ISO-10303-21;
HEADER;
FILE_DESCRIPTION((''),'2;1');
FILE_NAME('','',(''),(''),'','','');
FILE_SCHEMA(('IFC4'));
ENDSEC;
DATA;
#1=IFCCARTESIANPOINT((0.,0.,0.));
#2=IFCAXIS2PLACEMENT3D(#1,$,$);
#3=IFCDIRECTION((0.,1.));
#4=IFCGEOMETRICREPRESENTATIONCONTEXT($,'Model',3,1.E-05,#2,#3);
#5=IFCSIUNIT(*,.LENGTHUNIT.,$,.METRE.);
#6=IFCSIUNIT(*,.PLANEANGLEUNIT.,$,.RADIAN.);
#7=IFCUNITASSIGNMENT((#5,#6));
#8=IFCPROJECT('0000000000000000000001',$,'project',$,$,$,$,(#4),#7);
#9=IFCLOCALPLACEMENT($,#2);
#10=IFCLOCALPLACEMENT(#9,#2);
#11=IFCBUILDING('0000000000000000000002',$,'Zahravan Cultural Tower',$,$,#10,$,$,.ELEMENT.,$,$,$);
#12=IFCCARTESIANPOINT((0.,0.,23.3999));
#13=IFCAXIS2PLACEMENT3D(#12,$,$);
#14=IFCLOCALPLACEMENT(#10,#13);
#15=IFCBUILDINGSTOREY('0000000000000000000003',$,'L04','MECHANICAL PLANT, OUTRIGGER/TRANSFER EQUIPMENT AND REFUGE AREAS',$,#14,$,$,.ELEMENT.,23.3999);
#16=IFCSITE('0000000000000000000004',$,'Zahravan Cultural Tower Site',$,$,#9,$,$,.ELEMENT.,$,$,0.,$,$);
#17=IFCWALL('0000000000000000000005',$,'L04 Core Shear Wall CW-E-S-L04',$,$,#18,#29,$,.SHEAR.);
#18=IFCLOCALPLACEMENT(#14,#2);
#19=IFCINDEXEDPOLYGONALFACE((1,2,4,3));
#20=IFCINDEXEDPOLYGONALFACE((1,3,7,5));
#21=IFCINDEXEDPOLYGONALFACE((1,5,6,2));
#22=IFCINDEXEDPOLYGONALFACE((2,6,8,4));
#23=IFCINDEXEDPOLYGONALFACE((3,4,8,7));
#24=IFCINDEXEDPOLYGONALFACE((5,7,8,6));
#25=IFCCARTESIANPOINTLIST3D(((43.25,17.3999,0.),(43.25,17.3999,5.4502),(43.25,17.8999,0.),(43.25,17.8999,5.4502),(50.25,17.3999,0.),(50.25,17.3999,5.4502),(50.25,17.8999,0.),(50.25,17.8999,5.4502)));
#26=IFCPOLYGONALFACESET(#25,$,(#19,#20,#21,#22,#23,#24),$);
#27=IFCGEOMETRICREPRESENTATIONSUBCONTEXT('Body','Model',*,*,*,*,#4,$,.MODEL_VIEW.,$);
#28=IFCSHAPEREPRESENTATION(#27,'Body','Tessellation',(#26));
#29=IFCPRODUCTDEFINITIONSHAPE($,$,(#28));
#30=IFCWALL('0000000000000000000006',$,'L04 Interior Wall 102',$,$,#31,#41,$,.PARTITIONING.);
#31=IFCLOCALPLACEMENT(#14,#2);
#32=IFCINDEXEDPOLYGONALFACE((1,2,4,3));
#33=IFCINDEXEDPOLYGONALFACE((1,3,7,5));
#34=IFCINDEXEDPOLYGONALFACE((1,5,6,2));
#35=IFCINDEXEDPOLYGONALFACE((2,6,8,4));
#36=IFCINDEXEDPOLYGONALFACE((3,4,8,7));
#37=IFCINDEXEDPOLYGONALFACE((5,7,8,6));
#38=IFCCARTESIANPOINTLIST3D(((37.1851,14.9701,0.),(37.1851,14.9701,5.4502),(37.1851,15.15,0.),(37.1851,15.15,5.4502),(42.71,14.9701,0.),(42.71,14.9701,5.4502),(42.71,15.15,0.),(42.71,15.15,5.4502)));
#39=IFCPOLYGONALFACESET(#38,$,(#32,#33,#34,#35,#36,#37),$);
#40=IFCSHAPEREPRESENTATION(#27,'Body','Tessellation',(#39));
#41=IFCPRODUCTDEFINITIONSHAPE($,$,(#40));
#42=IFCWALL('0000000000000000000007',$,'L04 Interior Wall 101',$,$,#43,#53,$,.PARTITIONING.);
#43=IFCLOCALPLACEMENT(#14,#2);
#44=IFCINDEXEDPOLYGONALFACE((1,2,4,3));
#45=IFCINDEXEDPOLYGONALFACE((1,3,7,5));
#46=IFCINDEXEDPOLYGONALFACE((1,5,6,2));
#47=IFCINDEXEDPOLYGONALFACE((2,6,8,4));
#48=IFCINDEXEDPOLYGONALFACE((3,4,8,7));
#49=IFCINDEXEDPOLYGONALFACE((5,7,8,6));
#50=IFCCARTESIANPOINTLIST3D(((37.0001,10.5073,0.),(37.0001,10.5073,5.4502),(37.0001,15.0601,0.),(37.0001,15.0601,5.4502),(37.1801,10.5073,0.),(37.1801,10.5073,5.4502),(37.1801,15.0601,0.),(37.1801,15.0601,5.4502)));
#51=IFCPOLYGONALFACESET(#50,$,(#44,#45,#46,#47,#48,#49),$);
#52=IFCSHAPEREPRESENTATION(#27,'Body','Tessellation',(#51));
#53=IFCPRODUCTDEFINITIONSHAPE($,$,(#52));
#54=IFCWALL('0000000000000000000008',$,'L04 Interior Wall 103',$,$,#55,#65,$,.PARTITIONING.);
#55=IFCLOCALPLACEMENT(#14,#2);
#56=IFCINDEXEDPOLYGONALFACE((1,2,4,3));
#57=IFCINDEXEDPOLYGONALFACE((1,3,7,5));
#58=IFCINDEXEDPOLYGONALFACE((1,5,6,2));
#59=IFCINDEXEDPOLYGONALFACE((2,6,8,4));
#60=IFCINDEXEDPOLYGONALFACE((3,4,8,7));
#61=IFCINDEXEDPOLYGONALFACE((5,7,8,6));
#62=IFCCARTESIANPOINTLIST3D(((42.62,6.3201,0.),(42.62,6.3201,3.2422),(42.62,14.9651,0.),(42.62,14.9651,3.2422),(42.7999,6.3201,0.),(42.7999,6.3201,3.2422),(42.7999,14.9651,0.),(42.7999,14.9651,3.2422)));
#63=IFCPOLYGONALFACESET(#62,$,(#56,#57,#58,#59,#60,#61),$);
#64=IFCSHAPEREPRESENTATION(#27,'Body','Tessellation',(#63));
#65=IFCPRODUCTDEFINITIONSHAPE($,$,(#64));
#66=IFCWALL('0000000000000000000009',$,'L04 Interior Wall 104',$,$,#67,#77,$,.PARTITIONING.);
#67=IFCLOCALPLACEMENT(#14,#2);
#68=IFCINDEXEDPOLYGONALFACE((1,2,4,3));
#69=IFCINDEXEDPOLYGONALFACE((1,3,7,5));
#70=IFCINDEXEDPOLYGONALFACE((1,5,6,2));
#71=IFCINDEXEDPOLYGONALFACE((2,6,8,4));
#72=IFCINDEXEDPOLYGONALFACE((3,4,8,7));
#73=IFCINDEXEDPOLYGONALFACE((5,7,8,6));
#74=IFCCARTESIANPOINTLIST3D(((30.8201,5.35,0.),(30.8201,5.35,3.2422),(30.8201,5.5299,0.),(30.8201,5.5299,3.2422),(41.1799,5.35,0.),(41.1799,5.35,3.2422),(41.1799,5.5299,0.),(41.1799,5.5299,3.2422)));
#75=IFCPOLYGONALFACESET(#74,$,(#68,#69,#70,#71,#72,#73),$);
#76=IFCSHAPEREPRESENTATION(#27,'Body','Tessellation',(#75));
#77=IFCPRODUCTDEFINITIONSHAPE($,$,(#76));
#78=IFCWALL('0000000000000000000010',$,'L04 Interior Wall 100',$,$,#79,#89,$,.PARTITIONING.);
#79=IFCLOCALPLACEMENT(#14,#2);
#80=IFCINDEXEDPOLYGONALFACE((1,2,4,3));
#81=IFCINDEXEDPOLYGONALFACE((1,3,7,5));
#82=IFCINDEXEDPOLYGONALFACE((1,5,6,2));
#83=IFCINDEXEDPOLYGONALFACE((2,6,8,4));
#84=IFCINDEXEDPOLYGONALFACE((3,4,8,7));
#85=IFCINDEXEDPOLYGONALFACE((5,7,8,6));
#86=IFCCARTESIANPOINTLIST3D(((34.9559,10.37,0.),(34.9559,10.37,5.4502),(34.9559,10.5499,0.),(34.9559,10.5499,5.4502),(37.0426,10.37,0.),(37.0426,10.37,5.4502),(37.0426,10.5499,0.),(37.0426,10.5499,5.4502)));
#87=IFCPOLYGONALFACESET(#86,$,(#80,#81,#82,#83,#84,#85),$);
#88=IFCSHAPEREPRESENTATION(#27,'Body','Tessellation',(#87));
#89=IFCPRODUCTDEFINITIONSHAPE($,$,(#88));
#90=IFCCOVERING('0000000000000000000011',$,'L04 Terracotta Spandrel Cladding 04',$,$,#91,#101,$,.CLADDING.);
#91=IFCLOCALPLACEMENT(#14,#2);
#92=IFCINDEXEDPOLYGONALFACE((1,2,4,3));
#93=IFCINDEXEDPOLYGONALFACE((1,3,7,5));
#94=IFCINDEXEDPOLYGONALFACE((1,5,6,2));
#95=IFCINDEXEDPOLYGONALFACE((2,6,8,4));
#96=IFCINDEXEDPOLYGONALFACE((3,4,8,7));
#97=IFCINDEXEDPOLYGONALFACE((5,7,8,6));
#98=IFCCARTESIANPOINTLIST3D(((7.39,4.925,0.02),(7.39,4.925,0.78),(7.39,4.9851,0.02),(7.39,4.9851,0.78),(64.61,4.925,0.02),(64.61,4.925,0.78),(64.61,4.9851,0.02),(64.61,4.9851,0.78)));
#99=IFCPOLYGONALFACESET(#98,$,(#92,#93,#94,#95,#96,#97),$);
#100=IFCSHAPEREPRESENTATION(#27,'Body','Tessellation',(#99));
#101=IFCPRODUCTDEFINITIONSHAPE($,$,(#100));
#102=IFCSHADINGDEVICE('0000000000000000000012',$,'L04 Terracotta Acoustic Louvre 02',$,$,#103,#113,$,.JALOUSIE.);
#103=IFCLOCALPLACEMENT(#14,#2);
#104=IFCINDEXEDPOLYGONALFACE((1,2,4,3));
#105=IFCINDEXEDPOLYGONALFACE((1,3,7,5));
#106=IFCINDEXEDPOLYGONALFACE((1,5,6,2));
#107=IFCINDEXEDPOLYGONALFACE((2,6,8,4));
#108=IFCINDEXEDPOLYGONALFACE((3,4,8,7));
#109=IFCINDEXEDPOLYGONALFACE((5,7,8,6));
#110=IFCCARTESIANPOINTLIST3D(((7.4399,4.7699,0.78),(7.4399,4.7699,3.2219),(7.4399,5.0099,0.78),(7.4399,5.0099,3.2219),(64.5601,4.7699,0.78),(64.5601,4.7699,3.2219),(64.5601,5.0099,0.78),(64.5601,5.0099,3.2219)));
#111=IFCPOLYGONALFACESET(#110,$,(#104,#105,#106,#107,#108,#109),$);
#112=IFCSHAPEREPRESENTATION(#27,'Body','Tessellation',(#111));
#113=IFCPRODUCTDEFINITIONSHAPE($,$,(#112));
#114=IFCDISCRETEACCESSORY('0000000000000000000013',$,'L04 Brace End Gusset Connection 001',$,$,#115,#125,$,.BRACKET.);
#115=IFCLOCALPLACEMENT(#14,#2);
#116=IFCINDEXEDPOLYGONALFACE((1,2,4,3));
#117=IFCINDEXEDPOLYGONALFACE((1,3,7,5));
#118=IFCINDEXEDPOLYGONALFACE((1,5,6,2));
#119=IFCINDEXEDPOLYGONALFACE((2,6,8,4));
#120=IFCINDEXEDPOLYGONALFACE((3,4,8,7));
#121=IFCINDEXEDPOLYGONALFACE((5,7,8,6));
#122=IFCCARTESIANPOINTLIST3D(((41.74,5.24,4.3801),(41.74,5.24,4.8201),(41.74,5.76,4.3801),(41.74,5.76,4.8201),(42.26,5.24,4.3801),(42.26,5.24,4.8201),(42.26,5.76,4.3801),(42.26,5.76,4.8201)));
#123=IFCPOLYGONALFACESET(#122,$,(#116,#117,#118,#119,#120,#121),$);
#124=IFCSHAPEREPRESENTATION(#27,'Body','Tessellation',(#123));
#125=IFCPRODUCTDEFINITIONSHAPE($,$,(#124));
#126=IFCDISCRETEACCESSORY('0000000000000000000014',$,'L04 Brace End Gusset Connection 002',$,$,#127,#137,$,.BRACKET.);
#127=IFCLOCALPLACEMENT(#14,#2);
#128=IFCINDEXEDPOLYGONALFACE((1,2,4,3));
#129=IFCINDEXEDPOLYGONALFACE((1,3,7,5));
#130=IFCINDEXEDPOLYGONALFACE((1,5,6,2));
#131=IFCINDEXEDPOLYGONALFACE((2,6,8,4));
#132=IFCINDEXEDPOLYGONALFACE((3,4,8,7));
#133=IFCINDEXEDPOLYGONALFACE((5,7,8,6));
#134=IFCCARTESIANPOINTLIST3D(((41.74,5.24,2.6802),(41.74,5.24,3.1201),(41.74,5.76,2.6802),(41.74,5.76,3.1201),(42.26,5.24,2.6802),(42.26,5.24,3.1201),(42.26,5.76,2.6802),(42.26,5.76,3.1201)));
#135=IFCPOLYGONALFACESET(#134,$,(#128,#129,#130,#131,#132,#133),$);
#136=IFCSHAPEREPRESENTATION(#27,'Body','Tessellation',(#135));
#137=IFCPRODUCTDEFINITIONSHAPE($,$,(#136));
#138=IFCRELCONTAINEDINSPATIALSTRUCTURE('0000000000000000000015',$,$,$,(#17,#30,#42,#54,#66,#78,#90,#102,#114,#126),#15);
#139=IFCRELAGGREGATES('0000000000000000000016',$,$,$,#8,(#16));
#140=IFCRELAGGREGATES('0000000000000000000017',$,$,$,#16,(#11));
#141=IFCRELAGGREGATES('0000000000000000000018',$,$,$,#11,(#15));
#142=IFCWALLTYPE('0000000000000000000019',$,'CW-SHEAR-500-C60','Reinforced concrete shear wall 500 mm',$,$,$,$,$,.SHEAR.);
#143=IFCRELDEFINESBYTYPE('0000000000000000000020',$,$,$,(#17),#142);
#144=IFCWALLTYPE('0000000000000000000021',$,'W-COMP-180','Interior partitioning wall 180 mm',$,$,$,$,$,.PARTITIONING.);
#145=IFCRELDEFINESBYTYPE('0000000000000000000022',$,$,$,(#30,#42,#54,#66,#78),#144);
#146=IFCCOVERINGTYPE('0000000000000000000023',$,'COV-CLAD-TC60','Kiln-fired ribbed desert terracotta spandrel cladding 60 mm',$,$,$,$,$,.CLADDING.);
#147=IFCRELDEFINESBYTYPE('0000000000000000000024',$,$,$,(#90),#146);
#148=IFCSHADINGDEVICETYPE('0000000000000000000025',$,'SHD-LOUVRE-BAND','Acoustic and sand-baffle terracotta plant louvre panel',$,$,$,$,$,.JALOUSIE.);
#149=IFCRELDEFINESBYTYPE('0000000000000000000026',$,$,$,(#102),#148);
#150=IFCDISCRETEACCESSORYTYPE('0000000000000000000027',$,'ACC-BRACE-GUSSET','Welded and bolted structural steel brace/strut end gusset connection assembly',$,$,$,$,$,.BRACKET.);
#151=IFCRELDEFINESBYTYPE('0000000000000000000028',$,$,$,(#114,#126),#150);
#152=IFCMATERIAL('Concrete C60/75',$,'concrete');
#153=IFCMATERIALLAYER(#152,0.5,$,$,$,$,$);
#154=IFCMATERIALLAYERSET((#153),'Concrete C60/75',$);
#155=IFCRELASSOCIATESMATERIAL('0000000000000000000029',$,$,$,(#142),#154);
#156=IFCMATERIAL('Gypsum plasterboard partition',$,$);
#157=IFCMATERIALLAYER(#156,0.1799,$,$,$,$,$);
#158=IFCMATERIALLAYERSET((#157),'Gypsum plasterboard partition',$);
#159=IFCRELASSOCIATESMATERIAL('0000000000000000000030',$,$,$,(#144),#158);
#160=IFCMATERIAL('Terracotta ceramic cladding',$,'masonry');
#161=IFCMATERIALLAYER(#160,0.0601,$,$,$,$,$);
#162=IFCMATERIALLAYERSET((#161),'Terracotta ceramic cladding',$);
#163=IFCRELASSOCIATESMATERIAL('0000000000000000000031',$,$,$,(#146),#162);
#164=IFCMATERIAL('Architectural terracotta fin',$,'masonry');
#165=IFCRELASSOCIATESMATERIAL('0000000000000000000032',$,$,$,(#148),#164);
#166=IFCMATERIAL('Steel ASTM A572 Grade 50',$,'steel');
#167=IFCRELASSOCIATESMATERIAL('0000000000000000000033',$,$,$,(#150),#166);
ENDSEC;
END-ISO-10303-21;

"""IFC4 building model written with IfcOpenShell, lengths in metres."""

from ifc_helpers import new_model, si_unit, direction, frame, frame_2d, origin, origin_2d, place, context, subcontext, project, spatial, rectangle, extrude, source, transform, mapped, material, layer, layer_set, type_object, element, save


model = new_model("IFC4")

# Units and contexts
model_context = context("Model", 3, precision=1e-05, world=origin(), true_north=direction((0.0, 1.0)))
body_context = subcontext(model_context, "Body", "Model", "MODEL_VIEW")
ifc_project = project(units=[si_unit("LENGTHUNIT", "METRE"), si_unit("PLANEANGLEUNIT", "RADIAN")], contexts=[model_context])

# Site, building, storey
site_placement = place(None, origin())
site = spatial("IfcSite", under=ifc_project, at=site_placement, Name="Zahravan Cultural Tower Site", CompositionType="ELEMENT", RefElevation=0.0)
building_placement = place(site_placement, origin())
building = spatial("IfcBuilding", under=site, at=building_placement, Name="Zahravan Cultural Tower", CompositionType="ELEMENT")
storey_placement = place(building_placement, frame((0.0, 0.0, 23.3999)))
storey = spatial("IfcBuildingStorey", under=building, at=storey_placement, Name="L04", Description="MECHANICAL PLANT, OUTRIGGER/TRANSFER EQUIPMENT AND REFUGE AREAS", CompositionType="ELEMENT", Elevation=23.3999)

# Shared definitions
ifc_material_1 = material(Name="Concrete C60/75", Category="concrete")
ifc_material_2 = material(Name="Steel ASTM A572 Grade 50", Category="steel")

# Shared definitions
ifc_layer_1 = layer(ifc_material_1, 0.5)
ifc_layer_set_1 = layer_set([ifc_layer_1], Name="Concrete C60/75")
wall_type_1 = type_object("IfcWallType", Name="CW-SHEAR-500-C60", Description="Reinforced concrete shear wall 500 mm", PredefinedType="SHEAR", material=ifc_layer_set_1)

# Shared definitions
ifc_material_3 = material(Name="Gypsum plasterboard partition")
ifc_layer_2 = layer(ifc_material_3, 0.1799)
ifc_layer_set_2 = layer_set([ifc_layer_2], Name="Gypsum plasterboard partition")
wall_type_2 = type_object("IfcWallType", Name="W-COMP-180", Description="Interior partitioning wall 180 mm", PredefinedType="PARTITIONING", material=ifc_layer_set_2)

# Walls
shared_shape_1 = source(origin(), body_context, "Body", "SweptSolid", [
    extrude(rectangle(XDim=7.0, YDim=0.5, at=frame_2d((3.5, 0.0))), origin(), (0.0, 0.0, 1.0), 5.4502),
])
wall_1_placement = place(storey_placement, frame((43.25, 17.6499, 0.0), z_axis=(0.0, 0.0, 1.0), x_axis=(1.0, 0.0, 0.0)))
element("IfcWall", 1, at=wall_1_placement, inside=storey, type_object=wall_type_1, Name="L04 Core Shear Wall CW-E-S-L04", PredefinedType="SHEAR", context=body_context, shape_type="MappedRepresentation", body=[
    mapped(shared_shape_1, transform((0.0, 0.0, 0.0), x_axis=(1.0, 0.0, 0.0), y_axis=(0.0, 1.0, 0.0), z_axis=(0.0, 0.0, 1.0), scale=1.0)),
])
shared_shape_2 = source(origin(), body_context, "Body", "SweptSolid", [
    extrude(rectangle(XDim=5.5249, YDim=0.1799, at=frame_2d((2.7625, 0.0))), origin(), (0.0, 0.0, 1.0), 5.4502),
])
wall_2_placement = place(storey_placement, frame((37.1851, 15.0601, 0.0), z_axis=(0.0, 0.0, 1.0), x_axis=(1.0, 0.0, 0.0)))
element("IfcWall", 2, at=wall_2_placement, inside=storey, type_object=wall_type_2, Name="L04 Interior Wall 102", PredefinedType="PARTITIONING", context=body_context, shape_type="MappedRepresentation", body=[
    mapped(shared_shape_2, transform((0.0, 0.0, 0.0), x_axis=(1.0, 0.0, 0.0), y_axis=(0.0, 1.0, 0.0), z_axis=(0.0, 0.0, 1.0), scale=1.0)),
])
shared_shape_3 = source(origin(), body_context, "Body", "SweptSolid", [
    extrude(rectangle(XDim=4.5527, YDim=0.1799, at=frame_2d((2.2764, 0.0))), origin(), (0.0, 0.0, 1.0), 5.4502),
])
wall_3_placement = place(storey_placement, frame((37.0901, 10.5073, 0.0), z_axis=(0.0, 0.0, 1.0), x_axis=(0.0, 1.0, 0.0)))
element("IfcWall", 3, at=wall_3_placement, inside=storey, type_object=wall_type_2, Name="L04 Interior Wall 101", PredefinedType="PARTITIONING", context=body_context, shape_type="MappedRepresentation", body=[
    mapped(shared_shape_3, transform((0.0, 0.0, 0.0), x_axis=(1.0, 0.0, 0.0), y_axis=(0.0, 1.0, 0.0), z_axis=(0.0, 0.0, 1.0), scale=1.0)),
])
shared_shape_4 = source(origin(), body_context, "Body", "SweptSolid", [
    extrude(rectangle(XDim=8.645, YDim=0.1799, at=frame_2d((4.3225, 0.0))), origin(), (0.0, 0.0, 1.0), 3.2422),
])
wall_4_placement = place(storey_placement, frame((42.71, 14.9651, 0.0), z_axis=(0.0, 0.0, 1.0), x_axis=(0.0, -1.0, 0.0)))
element("IfcWall", 4, at=wall_4_placement, inside=storey, type_object=wall_type_2, Name="L04 Interior Wall 103", PredefinedType="PARTITIONING", context=body_context, shape_type="MappedRepresentation", body=[
    mapped(shared_shape_4, transform((0.0, 0.0, 0.0), x_axis=(1.0, 0.0, 0.0), y_axis=(0.0, 1.0, 0.0), z_axis=(0.0, 0.0, 1.0), scale=1.0)),
])
shared_shape_5 = source(origin(), body_context, "Body", "SweptSolid", [
    extrude(rectangle(XDim=10.3599, YDim=0.1799, at=frame_2d((5.1799, 0.0))), origin(), (0.0, 0.0, 1.0), 3.2422),
])
wall_5_placement = place(storey_placement, frame((41.1799, 5.4399, 0.0), z_axis=(0.0, 0.0, 1.0), x_axis=(-1.0, 0.0, 0.0)))
element("IfcWall", 5, at=wall_5_placement, inside=storey, type_object=wall_type_2, Name="L04 Interior Wall 104", PredefinedType="PARTITIONING", context=body_context, shape_type="MappedRepresentation", body=[
    mapped(shared_shape_5, transform((0.0, 0.0, 0.0), x_axis=(1.0, 0.0, 0.0), y_axis=(0.0, 1.0, 0.0), z_axis=(0.0, 0.0, 1.0), scale=1.0)),
])
shared_shape_6 = source(origin(), body_context, "Body", "SweptSolid", [
    extrude(rectangle(XDim=2.0867, YDim=0.1799, at=frame_2d((1.0435, 0.0))), origin(), (0.0, 0.0, 1.0), 5.4502),
])
wall_6_placement = place(storey_placement, frame((34.9558, 10.46, 0.0), z_axis=(0.0, 0.0, 1.0), x_axis=(1.0, 0.0, 0.0)))
element("IfcWall", 6, at=wall_6_placement, inside=storey, type_object=wall_type_2, Name="L04 Interior Wall 100", PredefinedType="PARTITIONING", context=body_context, shape_type="MappedRepresentation", body=[
    mapped(shared_shape_6, transform((0.0, 0.0, 0.0), x_axis=(1.0, 0.0, 0.0), y_axis=(0.0, 1.0, 0.0), z_axis=(0.0, 0.0, 1.0), scale=1.0)),
])

# Covering
ifc_material_4 = material(Name="Terracotta ceramic cladding", Category="masonry")
ifc_layer_3 = layer(ifc_material_4, 0.0601)
ifc_layer_set_3 = layer_set([ifc_layer_3], Name="Terracotta ceramic cladding")
covering_type = type_object("IfcCoveringType", Name="COV-CLAD-TC60", Description="Kiln-fired ribbed desert terracotta spandrel cladding 60 mm", PredefinedType="CLADDING", material=ifc_layer_set_3)
shared_shape_7 = source(origin(), body_context, "Body", "SweptSolid", [
    extrude(rectangle(XDim=57.22, YDim=0.0601, at=origin_2d()), origin(), (0.0, 0.0, 1.0), 0.76),
])
covering_placement = place(storey_placement, frame((36.0, 4.9551, 0.02), z_axis=(0.0, 0.0, 1.0), x_axis=(-1.0, 0.0, 0.0)))
element("IfcCovering", 7, at=covering_placement, inside=storey, type_object=covering_type, Name="L04 Terracotta Spandrel Cladding 04", PredefinedType="CLADDING", context=body_context, shape_type="MappedRepresentation", body=[
    mapped(shared_shape_7, transform((0.0, 0.0, 0.0), x_axis=(1.0, 0.0, 0.0), y_axis=(0.0, 1.0, 0.0), z_axis=(0.0, 0.0, 1.0), scale=1.0)),
])

# Shading device
ifc_material_5 = material(Name="Architectural terracotta fin", Category="masonry")
shading_device_type = type_object("IfcShadingDeviceType", Name="SHD-LOUVRE-BAND", Description="Acoustic and sand-baffle terracotta plant louvre panel", PredefinedType="JALOUSIE", material=ifc_material_5)
shared_shape_8 = source(origin(), body_context, "Body", "SweptSolid", [
    extrude(rectangle(XDim=57.1201, YDim=0.24, at=origin_2d()), origin(), (0.0, 0.0, 1.0), 2.4419),
])
shading_device_placement = place(storey_placement, frame((36.0, 4.8899, 0.78), z_axis=(0.0, 0.0, 1.0), x_axis=(-1.0, 0.0, 0.0)))
element("IfcShadingDevice", 8, at=shading_device_placement, inside=storey, type_object=shading_device_type, Name="L04 Terracotta Acoustic Louvre 02", PredefinedType="JALOUSIE", context=body_context, shape_type="MappedRepresentation", body=[
    mapped(shared_shape_8, transform((0.0, 0.0, 0.0), x_axis=(1.0, 0.0, 0.0), y_axis=(0.0, 1.0, 0.0), z_axis=(0.0, 0.0, 1.0), scale=1.0)),
])

# Discrete accessories
discrete_accessory_type = type_object("IfcDiscreteAccessoryType", Name="ACC-BRACE-GUSSET", Description="Welded and bolted structural steel brace/strut end gusset connection assembly", PredefinedType="BRACKET", material=ifc_material_2)
shared_shape_9 = source(origin(), body_context, "Body", "SweptSolid", [
    extrude(rectangle(XDim=0.52, YDim=0.52, at=origin_2d()), origin(), (0.0, 0.0, 1.0), 0.4399),
])
for number, where, z_axis, x_axis, name in (
    (9, (42.0, 5.5, 4.3801), (0.0, 0.0, 1.0), (1.0, 0.0, 0.0), "L04 Brace End Gusset Connection 001"),
    (10, (42.0, 5.5, 2.6802), (0.0, 0.0, 1.0), (1.0, 0.0, 0.0), "L04 Brace End Gusset Connection 002"),
):
    element("IfcDiscreteAccessory", number, at=place(storey_placement, frame(where, z_axis=z_axis, x_axis=x_axis)), inside=storey, type_object=discrete_accessory_type, Name=name, PredefinedType="BRACKET", context=body_context, shape_type="MappedRepresentation", body=[
        mapped(shared_shape_9, transform((0.0, 0.0, 0.0), x_axis=(1.0, 0.0, 0.0), y_axis=(0.0, 1.0, 0.0), z_axis=(0.0, 0.0, 1.0), scale=1.0)),
    ])

save(model, "model.ifc")
